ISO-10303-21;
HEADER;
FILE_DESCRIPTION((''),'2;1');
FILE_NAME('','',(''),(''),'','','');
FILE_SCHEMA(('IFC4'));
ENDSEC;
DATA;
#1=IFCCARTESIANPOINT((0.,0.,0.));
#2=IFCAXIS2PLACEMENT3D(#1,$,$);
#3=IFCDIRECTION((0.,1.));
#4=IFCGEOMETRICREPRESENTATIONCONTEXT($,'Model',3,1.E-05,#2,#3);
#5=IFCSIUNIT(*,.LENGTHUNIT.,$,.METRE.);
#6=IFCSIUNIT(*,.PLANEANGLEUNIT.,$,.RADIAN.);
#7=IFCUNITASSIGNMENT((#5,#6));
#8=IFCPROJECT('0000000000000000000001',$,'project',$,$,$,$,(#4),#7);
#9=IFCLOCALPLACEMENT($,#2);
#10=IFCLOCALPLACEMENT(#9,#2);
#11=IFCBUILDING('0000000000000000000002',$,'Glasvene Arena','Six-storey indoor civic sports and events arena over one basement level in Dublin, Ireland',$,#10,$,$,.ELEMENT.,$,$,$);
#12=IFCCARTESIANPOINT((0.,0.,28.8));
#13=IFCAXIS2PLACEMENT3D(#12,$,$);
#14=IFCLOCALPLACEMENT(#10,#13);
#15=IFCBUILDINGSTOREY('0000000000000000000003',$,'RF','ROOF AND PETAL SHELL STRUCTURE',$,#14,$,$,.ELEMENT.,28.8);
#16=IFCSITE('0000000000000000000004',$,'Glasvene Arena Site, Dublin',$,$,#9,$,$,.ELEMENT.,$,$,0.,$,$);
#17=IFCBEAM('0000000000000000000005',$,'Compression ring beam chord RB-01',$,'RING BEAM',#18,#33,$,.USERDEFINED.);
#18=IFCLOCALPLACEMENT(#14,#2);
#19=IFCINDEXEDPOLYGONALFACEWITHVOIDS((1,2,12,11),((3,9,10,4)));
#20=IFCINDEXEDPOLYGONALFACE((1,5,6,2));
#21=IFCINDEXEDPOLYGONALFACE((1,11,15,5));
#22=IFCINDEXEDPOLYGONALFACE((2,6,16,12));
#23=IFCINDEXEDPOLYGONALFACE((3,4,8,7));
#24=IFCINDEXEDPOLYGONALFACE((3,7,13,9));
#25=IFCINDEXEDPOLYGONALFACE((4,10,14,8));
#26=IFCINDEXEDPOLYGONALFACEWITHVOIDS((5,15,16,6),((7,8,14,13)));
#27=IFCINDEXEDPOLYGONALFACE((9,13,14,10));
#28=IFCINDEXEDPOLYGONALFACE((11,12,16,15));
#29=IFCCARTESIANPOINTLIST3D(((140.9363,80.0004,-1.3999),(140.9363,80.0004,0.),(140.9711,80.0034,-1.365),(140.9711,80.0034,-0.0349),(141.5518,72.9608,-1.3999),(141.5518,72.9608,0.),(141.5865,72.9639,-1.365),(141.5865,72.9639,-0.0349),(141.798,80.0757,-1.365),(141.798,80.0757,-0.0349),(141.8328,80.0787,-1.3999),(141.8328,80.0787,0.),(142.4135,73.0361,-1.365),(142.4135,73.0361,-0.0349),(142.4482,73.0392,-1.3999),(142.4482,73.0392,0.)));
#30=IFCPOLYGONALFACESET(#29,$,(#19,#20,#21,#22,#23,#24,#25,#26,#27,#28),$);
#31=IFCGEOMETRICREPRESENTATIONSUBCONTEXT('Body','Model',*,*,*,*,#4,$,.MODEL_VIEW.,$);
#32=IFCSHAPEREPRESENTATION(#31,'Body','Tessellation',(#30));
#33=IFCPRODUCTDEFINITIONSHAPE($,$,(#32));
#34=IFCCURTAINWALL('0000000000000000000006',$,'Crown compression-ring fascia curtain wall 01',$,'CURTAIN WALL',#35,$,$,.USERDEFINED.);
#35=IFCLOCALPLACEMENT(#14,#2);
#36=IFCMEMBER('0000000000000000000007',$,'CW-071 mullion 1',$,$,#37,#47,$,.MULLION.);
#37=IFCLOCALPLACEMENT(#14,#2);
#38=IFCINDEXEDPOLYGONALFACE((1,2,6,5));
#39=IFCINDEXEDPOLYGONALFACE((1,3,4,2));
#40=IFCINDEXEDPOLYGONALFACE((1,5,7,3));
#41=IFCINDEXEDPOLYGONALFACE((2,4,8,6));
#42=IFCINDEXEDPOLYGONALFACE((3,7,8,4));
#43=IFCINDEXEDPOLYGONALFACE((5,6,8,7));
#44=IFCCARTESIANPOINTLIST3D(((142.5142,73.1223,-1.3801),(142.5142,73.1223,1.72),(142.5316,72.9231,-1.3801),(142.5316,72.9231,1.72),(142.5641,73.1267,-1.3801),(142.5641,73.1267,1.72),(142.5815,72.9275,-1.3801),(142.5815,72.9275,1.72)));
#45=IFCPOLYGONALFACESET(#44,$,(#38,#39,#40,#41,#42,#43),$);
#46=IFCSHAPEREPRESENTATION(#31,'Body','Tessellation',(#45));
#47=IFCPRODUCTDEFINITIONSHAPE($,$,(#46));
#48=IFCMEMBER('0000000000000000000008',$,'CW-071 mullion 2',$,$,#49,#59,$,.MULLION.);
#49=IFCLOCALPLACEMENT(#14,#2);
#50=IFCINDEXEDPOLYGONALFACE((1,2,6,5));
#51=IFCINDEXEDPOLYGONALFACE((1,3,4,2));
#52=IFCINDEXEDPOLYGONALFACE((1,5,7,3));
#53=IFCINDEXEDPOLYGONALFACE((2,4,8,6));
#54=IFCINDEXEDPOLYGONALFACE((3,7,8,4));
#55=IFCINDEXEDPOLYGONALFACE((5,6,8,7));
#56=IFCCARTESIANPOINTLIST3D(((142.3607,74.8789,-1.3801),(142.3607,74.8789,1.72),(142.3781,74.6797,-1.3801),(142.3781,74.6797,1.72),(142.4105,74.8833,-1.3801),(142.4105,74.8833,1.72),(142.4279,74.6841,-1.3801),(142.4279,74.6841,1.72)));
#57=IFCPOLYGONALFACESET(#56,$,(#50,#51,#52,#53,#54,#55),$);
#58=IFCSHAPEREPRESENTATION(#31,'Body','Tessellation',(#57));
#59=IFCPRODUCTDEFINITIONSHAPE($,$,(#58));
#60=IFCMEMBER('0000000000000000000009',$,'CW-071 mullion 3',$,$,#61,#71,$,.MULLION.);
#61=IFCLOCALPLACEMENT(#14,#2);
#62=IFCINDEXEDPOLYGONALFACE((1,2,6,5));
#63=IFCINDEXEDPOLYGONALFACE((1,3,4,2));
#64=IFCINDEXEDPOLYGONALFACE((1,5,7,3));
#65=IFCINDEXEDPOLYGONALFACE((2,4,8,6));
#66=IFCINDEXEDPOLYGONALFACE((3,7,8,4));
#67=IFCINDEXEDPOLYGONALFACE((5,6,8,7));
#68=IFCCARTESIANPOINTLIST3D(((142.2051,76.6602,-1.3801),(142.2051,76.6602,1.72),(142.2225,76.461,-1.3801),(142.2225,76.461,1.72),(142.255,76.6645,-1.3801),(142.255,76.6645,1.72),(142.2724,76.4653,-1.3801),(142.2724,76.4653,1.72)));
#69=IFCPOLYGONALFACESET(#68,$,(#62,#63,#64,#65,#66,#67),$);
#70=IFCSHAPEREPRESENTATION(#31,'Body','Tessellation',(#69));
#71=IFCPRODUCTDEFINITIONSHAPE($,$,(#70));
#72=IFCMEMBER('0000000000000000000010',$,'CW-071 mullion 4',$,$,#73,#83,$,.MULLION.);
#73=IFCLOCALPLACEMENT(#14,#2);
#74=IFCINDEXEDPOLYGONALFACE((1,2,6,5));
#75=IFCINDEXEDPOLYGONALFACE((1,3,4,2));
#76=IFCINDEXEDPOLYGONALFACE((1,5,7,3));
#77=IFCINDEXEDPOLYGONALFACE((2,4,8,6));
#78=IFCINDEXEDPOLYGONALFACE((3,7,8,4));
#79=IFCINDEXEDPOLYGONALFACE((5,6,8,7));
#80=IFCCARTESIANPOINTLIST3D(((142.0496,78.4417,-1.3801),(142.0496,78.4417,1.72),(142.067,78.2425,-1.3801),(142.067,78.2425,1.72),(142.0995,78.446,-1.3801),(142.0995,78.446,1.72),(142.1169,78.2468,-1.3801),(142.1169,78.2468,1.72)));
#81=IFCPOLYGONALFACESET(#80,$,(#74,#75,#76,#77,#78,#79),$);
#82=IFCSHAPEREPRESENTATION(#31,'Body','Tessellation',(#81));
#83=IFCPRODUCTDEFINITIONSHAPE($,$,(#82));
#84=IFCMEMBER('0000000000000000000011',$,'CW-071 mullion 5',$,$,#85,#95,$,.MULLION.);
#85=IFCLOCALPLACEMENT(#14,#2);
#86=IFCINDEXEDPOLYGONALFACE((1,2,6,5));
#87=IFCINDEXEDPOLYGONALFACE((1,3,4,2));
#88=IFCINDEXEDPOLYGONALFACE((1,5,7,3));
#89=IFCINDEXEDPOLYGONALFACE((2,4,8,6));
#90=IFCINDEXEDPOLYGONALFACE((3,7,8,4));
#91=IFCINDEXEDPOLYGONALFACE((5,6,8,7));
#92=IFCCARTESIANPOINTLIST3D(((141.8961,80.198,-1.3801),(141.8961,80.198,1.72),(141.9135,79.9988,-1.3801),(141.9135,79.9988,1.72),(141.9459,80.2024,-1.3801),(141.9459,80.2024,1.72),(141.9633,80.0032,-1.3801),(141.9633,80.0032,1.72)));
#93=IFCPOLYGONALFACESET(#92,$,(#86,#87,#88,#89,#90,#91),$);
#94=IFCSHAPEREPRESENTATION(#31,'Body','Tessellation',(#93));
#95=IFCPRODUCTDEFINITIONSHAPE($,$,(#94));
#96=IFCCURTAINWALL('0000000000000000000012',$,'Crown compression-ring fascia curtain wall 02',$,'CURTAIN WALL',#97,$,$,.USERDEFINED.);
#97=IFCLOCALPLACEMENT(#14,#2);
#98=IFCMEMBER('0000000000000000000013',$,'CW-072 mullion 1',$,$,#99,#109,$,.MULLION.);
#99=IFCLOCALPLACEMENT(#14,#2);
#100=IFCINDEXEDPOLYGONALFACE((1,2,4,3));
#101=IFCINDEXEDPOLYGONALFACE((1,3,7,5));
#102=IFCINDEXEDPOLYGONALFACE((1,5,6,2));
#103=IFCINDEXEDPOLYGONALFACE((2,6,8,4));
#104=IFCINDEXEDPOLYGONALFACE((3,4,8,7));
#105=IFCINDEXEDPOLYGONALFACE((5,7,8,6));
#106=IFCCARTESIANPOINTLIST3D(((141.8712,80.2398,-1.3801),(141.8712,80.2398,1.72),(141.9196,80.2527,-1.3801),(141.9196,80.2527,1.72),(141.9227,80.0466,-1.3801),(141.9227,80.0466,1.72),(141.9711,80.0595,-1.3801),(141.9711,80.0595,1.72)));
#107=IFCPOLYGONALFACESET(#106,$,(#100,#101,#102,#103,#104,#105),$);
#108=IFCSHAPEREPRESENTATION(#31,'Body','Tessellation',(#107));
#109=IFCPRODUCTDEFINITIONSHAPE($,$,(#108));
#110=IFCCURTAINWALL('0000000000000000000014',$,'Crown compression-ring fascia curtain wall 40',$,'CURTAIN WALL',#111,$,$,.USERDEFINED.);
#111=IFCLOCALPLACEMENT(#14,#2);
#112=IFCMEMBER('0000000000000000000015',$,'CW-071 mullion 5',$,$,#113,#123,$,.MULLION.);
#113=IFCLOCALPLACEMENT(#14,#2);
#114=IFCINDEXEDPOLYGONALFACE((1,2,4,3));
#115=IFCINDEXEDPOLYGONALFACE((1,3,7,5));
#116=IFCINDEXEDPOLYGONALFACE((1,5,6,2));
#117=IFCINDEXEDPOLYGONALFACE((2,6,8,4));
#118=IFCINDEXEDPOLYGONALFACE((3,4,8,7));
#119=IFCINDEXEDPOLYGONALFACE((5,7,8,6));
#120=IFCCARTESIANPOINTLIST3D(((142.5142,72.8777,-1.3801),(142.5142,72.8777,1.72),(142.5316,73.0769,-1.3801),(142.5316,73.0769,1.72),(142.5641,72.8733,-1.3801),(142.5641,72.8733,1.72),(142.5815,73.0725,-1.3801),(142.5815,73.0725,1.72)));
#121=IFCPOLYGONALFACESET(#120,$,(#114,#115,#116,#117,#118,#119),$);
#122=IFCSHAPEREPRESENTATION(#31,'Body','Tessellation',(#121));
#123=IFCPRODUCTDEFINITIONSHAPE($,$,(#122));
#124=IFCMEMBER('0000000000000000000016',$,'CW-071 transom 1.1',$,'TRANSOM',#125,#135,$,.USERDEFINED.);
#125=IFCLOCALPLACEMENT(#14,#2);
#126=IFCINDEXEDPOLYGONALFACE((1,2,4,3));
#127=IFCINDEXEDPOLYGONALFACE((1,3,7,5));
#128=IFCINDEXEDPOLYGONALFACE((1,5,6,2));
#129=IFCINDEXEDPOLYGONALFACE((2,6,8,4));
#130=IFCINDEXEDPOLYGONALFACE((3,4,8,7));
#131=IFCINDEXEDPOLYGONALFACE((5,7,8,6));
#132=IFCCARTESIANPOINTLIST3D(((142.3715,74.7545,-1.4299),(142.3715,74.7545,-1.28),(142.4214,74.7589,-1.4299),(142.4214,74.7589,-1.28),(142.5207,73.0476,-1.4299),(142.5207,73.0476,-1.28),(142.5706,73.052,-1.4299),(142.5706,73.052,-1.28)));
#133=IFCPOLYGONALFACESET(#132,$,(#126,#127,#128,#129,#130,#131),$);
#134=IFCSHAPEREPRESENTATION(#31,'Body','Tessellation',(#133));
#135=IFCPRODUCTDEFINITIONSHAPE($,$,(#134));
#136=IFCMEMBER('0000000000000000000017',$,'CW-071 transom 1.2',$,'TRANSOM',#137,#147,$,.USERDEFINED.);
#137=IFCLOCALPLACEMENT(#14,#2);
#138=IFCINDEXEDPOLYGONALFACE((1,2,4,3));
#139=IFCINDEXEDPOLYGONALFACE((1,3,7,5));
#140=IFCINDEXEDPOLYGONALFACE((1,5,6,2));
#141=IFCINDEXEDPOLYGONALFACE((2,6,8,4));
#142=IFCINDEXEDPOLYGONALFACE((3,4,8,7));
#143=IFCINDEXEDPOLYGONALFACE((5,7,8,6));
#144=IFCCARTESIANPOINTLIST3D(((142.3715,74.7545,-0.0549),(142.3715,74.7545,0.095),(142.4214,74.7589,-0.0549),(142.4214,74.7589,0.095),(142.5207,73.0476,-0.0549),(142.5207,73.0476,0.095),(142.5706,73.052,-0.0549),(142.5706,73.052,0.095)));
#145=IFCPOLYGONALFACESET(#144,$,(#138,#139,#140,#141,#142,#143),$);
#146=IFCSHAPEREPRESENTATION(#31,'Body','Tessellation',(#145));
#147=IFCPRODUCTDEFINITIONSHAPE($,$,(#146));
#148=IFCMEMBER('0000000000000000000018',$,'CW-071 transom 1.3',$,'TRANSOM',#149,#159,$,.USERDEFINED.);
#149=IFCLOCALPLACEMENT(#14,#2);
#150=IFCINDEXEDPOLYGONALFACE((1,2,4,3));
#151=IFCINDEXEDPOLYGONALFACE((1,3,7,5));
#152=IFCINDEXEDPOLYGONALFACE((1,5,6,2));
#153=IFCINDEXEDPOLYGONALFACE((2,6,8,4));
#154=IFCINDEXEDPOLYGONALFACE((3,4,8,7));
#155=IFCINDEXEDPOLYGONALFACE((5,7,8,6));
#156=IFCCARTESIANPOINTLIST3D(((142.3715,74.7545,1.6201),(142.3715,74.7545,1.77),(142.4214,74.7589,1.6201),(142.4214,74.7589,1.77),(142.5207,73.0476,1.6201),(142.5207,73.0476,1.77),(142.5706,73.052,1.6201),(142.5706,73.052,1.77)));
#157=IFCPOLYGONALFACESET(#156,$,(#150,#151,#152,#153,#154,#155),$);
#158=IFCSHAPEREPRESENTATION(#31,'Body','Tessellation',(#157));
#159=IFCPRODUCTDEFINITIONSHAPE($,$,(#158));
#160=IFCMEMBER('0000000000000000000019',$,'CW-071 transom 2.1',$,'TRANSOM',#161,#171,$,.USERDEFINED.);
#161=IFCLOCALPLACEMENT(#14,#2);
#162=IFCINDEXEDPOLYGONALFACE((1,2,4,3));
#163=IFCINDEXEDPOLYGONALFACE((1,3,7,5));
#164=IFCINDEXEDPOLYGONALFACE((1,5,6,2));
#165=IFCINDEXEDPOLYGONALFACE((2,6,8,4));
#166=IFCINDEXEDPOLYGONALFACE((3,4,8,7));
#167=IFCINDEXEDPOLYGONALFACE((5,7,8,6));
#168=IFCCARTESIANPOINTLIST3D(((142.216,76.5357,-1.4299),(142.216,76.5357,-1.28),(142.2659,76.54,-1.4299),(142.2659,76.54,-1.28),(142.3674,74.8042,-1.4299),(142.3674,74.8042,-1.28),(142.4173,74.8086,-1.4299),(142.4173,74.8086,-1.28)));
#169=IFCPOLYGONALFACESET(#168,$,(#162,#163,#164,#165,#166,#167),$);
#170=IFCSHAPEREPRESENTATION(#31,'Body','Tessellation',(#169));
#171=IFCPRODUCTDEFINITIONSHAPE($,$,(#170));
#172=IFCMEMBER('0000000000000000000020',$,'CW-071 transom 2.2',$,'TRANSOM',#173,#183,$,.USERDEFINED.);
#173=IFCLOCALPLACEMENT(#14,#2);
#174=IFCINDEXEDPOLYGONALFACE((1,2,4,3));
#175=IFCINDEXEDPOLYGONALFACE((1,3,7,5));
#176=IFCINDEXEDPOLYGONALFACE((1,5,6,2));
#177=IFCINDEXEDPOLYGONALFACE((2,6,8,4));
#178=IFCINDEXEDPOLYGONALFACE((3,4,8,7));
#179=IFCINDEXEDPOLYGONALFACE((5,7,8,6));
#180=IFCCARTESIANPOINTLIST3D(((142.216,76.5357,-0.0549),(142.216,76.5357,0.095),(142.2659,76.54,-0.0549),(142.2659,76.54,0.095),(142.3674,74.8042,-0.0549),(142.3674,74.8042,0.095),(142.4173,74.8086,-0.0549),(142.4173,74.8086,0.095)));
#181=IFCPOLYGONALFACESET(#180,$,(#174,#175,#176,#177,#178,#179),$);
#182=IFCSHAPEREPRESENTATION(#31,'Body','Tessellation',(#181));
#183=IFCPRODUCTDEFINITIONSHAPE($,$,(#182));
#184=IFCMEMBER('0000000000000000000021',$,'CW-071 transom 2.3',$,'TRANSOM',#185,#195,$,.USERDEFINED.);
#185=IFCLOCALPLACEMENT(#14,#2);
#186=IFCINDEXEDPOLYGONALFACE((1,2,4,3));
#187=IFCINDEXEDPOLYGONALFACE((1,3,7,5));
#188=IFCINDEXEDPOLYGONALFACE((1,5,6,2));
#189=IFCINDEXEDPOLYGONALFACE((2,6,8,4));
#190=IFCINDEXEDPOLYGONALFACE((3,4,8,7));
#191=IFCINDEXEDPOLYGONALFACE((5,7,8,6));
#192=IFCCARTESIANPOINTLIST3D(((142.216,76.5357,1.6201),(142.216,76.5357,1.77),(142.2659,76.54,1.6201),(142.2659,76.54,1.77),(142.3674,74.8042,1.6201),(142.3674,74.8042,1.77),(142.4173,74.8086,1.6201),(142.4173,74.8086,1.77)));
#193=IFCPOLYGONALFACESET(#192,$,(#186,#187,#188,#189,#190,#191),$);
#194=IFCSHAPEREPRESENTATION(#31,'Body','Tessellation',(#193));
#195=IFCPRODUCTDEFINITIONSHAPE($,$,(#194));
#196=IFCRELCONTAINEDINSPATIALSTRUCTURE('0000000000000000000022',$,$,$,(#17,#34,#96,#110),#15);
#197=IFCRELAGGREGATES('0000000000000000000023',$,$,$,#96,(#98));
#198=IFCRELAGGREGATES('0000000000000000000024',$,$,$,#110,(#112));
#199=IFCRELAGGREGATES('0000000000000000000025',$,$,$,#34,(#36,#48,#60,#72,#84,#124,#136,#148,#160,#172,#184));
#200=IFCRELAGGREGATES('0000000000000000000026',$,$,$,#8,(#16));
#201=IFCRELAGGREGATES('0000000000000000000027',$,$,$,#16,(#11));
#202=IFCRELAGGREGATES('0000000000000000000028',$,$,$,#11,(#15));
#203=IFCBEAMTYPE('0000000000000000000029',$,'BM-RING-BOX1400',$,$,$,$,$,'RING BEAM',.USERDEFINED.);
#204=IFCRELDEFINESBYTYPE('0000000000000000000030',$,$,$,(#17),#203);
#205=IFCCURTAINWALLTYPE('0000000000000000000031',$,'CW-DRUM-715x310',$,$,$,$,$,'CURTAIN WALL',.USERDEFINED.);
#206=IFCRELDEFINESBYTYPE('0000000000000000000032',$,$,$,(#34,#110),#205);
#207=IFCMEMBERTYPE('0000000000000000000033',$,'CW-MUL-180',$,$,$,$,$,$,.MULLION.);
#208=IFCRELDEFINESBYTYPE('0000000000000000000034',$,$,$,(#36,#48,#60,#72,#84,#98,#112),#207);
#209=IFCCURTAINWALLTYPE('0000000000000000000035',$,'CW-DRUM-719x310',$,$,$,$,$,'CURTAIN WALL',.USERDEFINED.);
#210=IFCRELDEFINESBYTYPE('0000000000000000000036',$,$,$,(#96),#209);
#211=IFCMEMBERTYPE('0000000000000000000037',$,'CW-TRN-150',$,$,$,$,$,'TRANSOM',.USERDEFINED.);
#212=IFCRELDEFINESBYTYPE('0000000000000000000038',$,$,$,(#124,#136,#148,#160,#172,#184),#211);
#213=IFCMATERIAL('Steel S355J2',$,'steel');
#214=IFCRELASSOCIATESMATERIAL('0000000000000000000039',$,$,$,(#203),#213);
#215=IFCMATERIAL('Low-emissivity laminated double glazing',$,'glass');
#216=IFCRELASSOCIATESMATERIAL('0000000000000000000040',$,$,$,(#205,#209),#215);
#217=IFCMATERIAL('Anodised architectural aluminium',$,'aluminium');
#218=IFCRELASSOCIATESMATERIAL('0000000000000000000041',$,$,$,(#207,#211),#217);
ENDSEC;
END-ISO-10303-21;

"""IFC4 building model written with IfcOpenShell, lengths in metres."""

from ifc_helpers import new_model, si_unit, direction, frame, origin, origin_2d, place, context, subcontext, project, spatial, rectangle, hollow_rectangle, extrude, material, material_profile, profile_set, type_object, element, aggregate, save


model = new_model("IFC4")

# Units and contexts
model_context = context("Model", 3, precision=1e-05, world=origin(), true_north=direction((0.0, 1.0)))
body_context = subcontext(model_context, "Body", "Model", "MODEL_VIEW")
ifc_project = project(units=[si_unit("LENGTHUNIT", "METRE"), si_unit("PLANEANGLEUNIT", "RADIAN")], contexts=[model_context])

# Site, building, storey
site_placement = place(None, origin())
site = spatial("IfcSite", under=ifc_project, at=site_placement, Name="Glasvene Arena Site, Dublin", CompositionType="ELEMENT", RefElevation=0.0)
building_placement = place(site_placement, origin())
building = spatial("IfcBuilding", under=site, at=building_placement, Name="Glasvene Arena", Description="Six-storey indoor civic sports and events arena over one basement level in Dublin, Ireland", CompositionType="ELEMENT")
storey_placement = place(building_placement, frame((0.0, 0.0, 28.8)))
storey = spatial("IfcBuildingStorey", under=building, at=storey_placement, Name="RF", Description="ROOF AND PETAL SHELL STRUCTURE", CompositionType="ELEMENT", Elevation=28.8)

# Beam
ifc_material_1 = material(Name="Steel S355J2", Category="steel")
ifc_material_profile_1 = material_profile(ifc_material_1, hollow_rectangle(XDim=0.8999, YDim=1.3999, WallThickness=0.0349, at=origin_2d()), Name="WBOX 900x1400x35")
ifc_profile_set_1 = profile_set([ifc_material_profile_1], Name="Steel S355J2")
beam_type = type_object("IfcBeamType", Name="BM-RING-BOX1400", ElementType="RING BEAM", PredefinedType="USERDEFINED", material=ifc_profile_set_1)
beam_placement = place(storey_placement, frame((142.0, 73.0, -0.7), z_axis=(-0.087099, 0.9962, 0.0), x_axis=(-0.9962, -0.087099, 0.0)))
element("IfcBeam", 1, at=beam_placement, inside=storey, type_object=beam_type, Name="Compression ring beam chord RB-01", ObjectType="RING BEAM", PredefinedType="USERDEFINED", context=body_context, shape_type="SweptSolid", body=[
    extrude(hollow_rectangle(XDim=0.8999, YDim=1.3999, WallThickness=0.0349, at=origin_2d()), origin(), (0.0, 0.0, 1.0), 7.0664),
])

# Curtain wall, members
ifc_material_2 = material(Name="Low-emissivity laminated double glazing", Category="glass")
curtain_wall_type_1 = type_object("IfcCurtainWallType", Name="CW-DRUM-715x310", ElementType="CURTAIN WALL", PredefinedType="USERDEFINED", material=ifc_material_2)
curtain_wall_1_placement = place(storey_placement, frame((142.55, 73.0, 0.0)))
curtain_wall_1 = element("IfcCurtainWall", 2, at=curtain_wall_1_placement, inside=storey, type_object=curtain_wall_type_1, Name="Crown compression-ring fascia curtain wall 01", ObjectType="CURTAIN WALL", PredefinedType="USERDEFINED")
ifc_material_3 = material(Name="Anodised architectural aluminium", Category="aluminium")
ifc_material_profile_2 = material_profile(ifc_material_3, rectangle(XDim=0.05, YDim=0.2, at=origin_2d()), Name="ALU MULLION 50x200")
ifc_profile_set_2 = profile_set([ifc_material_profile_2], Name="Anodised architectural aluminium")
member_type_1 = type_object("IfcMemberType", Name="CW-MUL-180", PredefinedType="MULLION", material=ifc_profile_set_2)
member_1_placement = place(storey_placement, frame((142.5479, 73.0249, -1.3801), z_axis=(0.0, 0.0, 1.0), x_axis=(-0.996207, -0.087016, 0.0)))
member_1 = element("IfcMember", 3, at=member_1_placement, type_object=member_type_1, Name="CW-071 mullion 1", PredefinedType="MULLION", context=body_context, shape_type="SweptSolid", body=[
    extrude(rectangle(XDim=0.05, YDim=0.2, at=origin_2d()), origin(), (0.0, 0.0, 1.0), 3.1001),
])
member_2_placement = place(storey_placement, frame((142.3943, 74.7815, -1.3801), z_axis=(0.0, 0.0, 1.0), x_axis=(-0.996207, -0.087016, 0.0)))
member_2 = element("IfcMember", 4, at=member_2_placement, type_object=member_type_1, Name="CW-071 mullion 2", PredefinedType="MULLION", context=body_context, shape_type="SweptSolid", body=[
    extrude(rectangle(XDim=0.05, YDim=0.2, at=origin_2d()), origin(), (0.0, 0.0, 1.0), 3.1001),
])
member_3_placement = place(storey_placement, frame((142.2388, 76.5627, -1.3801), z_axis=(0.0, 0.0, 1.0), x_axis=(-0.996207, -0.087016, 0.0)))
member_3 = element("IfcMember", 5, at=member_3_placement, type_object=member_type_1, Name="CW-071 mullion 3", PredefinedType="MULLION", context=body_context, shape_type="SweptSolid", body=[
    extrude(rectangle(XDim=0.05, YDim=0.2, at=origin_2d()), origin(), (0.0, 0.0, 1.0), 3.1001),
])
member_4_placement = place(storey_placement, frame((142.0833, 78.3442, -1.3801), z_axis=(0.0, 0.0, 1.0), x_axis=(-0.996207, -0.087016, 0.0)))
member_4 = element("IfcMember", 6, at=member_4_placement, type_object=member_type_1, Name="CW-071 mullion 4", PredefinedType="MULLION", context=body_context, shape_type="SweptSolid", body=[
    extrude(rectangle(XDim=0.05, YDim=0.2, at=origin_2d()), origin(), (0.0, 0.0, 1.0), 3.1001),
])
member_5_placement = place(storey_placement, frame((141.9297, 80.1006, -1.3801), z_axis=(0.0, 0.0, 1.0), x_axis=(-0.996207, -0.087016, 0.0)))
member_5 = element("IfcMember", 7, at=member_5_placement, type_object=member_type_1, Name="CW-071 mullion 5", PredefinedType="MULLION", context=body_context, shape_type="SweptSolid", body=[
    extrude(rectangle(XDim=0.05, YDim=0.2, at=origin_2d()), origin(), (0.0, 0.0, 1.0), 3.1001),
])

# Curtain walls, members
curtain_wall_type_2 = type_object("IfcCurtainWallType", Name="CW-DRUM-719x310", ElementType="CURTAIN WALL", PredefinedType="USERDEFINED", material=ifc_material_2)
curtain_wall_2_placement = place(storey_placement, frame((141.9275, 80.1255, 0.0)))
curtain_wall_2 = element("IfcCurtainWall", 8, at=curtain_wall_2_placement, inside=storey, type_object=curtain_wall_type_2, Name="Crown compression-ring fascia curtain wall 02", ObjectType="CURTAIN WALL", PredefinedType="USERDEFINED")
member_6_placement = place(storey_placement, frame((141.9211, 80.1497, -1.3801), z_axis=(0.0, 0.0, 1.0), x_axis=(-0.966292, -0.257447, 0.0)))
member_6 = element("IfcMember", 9, at=member_6_placement, type_object=member_type_1, Name="CW-072 mullion 1", PredefinedType="MULLION", context=body_context, shape_type="SweptSolid", body=[
    extrude(rectangle(XDim=0.05, YDim=0.2, at=origin_2d()), origin(), (0.0, 0.0, 1.0), 3.1001),
])
aggregate(curtain_wall_2, [member_6])
curtain_wall_3_placement = place(storey_placement, frame((141.9275, 65.8745, 0.0)))
curtain_wall_3 = element("IfcCurtainWall", 10, at=curtain_wall_3_placement, inside=storey, type_object=curtain_wall_type_1, Name="Crown compression-ring fascia curtain wall 40", ObjectType="CURTAIN WALL", PredefinedType="USERDEFINED")
member_7_placement = place(storey_placement, frame((142.5479, 72.9751, -1.3801), z_axis=(0.0, 0.0, 1.0), x_axis=(-0.996207, 0.087016, 0.0)))
member_7 = element("IfcMember", 11, at=member_7_placement, type_object=member_type_1, Name="CW-071 mullion 5", PredefinedType="MULLION", context=body_context, shape_type="SweptSolid", body=[
    extrude(rectangle(XDim=0.05, YDim=0.2, at=origin_2d()), origin(), (0.0, 0.0, 1.0), 3.1001),
])
aggregate(curtain_wall_3, [member_7])

# Members
ifc_material_profile_3 = material_profile(ifc_material_3, rectangle(XDim=0.05, YDim=0.1499, at=origin_2d()), Name="ALU TRANSOM 50x150")
ifc_profile_set_3 = profile_set([ifc_material_profile_3], Name="Anodised architectural aluminium")
member_type_2 = type_object("IfcMemberType", Name="CW-TRN-150", ElementType="TRANSOM", PredefinedType="USERDEFINED", material=ifc_profile_set_3)
member_8_placement = place(storey_placement, frame((142.5457, 73.0498, -1.355), z_axis=(-0.087066, 0.996203, 0.0), x_axis=(-0.996203, -0.087066, 0.0)))
member_8 = element("IfcMember", 12, at=member_8_placement, type_object=member_type_2, Name="CW-071 transom 1.1", ObjectType="TRANSOM", PredefinedType="USERDEFINED", context=body_context, shape_type="SweptSolid", body=[
    extrude(rectangle(XDim=0.05, YDim=0.1499, at=origin_2d()), origin(), (0.0, 0.0, 1.0), 1.7134),
])
member_9_placement = place(storey_placement, frame((142.5457, 73.0498, 0.02), z_axis=(-0.087066, 0.996203, 0.0), x_axis=(-0.996203, -0.087066, 0.0)))
member_9 = element("IfcMember", 13, at=member_9_placement, type_object=member_type_2, Name="CW-071 transom 1.2", ObjectType="TRANSOM", PredefinedType="USERDEFINED", context=body_context, shape_type="SweptSolid", body=[
    extrude(rectangle(XDim=0.05, YDim=0.1499, at=origin_2d()), origin(), (0.0, 0.0, 1.0), 1.7134),
])
member_10_placement = place(storey_placement, frame((142.5457, 73.0498, 1.6951), z_axis=(-0.087066, 0.996203, 0.0), x_axis=(-0.996203, -0.087066, 0.0)))
member_10 = element("IfcMember", 14, at=member_10_placement, type_object=member_type_2, Name="CW-071 transom 1.3", ObjectType="TRANSOM", PredefinedType="USERDEFINED", context=body_context, shape_type="SweptSolid", body=[
    extrude(rectangle(XDim=0.05, YDim=0.1499, at=origin_2d()), origin(), (0.0, 0.0, 1.0), 1.7134),
])
member_11_placement = place(storey_placement, frame((142.3923, 74.8064, -1.355), z_axis=(-0.08709, 0.9962, 0.0), x_axis=(-0.9962, -0.08709, 0.0)))
member_11 = element("IfcMember", 15, at=member_11_placement, type_object=member_type_2, Name="CW-071 transom 2.1", ObjectType="TRANSOM", PredefinedType="USERDEFINED", context=body_context, shape_type="SweptSolid", body=[
    extrude(rectangle(XDim=0.05, YDim=0.1499, at=origin_2d()), origin(), (0.0, 0.0, 1.0), 1.738),
])
member_12_placement = place(storey_placement, frame((142.3923, 74.8064, 0.02), z_axis=(-0.08709, 0.9962, 0.0), x_axis=(-0.9962, -0.08709, 0.0)))
member_12 = element("IfcMember", 16, at=member_12_placement, type_object=member_type_2, Name="CW-071 transom 2.2", ObjectType="TRANSOM", PredefinedType="USERDEFINED", context=body_context, shape_type="SweptSolid", body=[
    extrude(rectangle(XDim=0.05, YDim=0.1499, at=origin_2d()), origin(), (0.0, 0.0, 1.0), 1.738),
])
member_13_placement = place(storey_placement, frame((142.3923, 74.8064, 1.6951), z_axis=(-0.08709, 0.9962, 0.0), x_axis=(-0.9962, -0.08709, 0.0)))
member_13 = element("IfcMember", 17, at=member_13_placement, type_object=member_type_2, Name="CW-071 transom 2.3", ObjectType="TRANSOM", PredefinedType="USERDEFINED", context=body_context, shape_type="SweptSolid", body=[
    extrude(rectangle(XDim=0.05, YDim=0.1499, at=origin_2d()), origin(), (0.0, 0.0, 1.0), 1.738),
])

aggregate(curtain_wall_1, [member_1, member_2, member_3, member_4, member_5, member_8, member_9, member_10, member_11, member_12, member_13])

save(model, "model.ifc")
